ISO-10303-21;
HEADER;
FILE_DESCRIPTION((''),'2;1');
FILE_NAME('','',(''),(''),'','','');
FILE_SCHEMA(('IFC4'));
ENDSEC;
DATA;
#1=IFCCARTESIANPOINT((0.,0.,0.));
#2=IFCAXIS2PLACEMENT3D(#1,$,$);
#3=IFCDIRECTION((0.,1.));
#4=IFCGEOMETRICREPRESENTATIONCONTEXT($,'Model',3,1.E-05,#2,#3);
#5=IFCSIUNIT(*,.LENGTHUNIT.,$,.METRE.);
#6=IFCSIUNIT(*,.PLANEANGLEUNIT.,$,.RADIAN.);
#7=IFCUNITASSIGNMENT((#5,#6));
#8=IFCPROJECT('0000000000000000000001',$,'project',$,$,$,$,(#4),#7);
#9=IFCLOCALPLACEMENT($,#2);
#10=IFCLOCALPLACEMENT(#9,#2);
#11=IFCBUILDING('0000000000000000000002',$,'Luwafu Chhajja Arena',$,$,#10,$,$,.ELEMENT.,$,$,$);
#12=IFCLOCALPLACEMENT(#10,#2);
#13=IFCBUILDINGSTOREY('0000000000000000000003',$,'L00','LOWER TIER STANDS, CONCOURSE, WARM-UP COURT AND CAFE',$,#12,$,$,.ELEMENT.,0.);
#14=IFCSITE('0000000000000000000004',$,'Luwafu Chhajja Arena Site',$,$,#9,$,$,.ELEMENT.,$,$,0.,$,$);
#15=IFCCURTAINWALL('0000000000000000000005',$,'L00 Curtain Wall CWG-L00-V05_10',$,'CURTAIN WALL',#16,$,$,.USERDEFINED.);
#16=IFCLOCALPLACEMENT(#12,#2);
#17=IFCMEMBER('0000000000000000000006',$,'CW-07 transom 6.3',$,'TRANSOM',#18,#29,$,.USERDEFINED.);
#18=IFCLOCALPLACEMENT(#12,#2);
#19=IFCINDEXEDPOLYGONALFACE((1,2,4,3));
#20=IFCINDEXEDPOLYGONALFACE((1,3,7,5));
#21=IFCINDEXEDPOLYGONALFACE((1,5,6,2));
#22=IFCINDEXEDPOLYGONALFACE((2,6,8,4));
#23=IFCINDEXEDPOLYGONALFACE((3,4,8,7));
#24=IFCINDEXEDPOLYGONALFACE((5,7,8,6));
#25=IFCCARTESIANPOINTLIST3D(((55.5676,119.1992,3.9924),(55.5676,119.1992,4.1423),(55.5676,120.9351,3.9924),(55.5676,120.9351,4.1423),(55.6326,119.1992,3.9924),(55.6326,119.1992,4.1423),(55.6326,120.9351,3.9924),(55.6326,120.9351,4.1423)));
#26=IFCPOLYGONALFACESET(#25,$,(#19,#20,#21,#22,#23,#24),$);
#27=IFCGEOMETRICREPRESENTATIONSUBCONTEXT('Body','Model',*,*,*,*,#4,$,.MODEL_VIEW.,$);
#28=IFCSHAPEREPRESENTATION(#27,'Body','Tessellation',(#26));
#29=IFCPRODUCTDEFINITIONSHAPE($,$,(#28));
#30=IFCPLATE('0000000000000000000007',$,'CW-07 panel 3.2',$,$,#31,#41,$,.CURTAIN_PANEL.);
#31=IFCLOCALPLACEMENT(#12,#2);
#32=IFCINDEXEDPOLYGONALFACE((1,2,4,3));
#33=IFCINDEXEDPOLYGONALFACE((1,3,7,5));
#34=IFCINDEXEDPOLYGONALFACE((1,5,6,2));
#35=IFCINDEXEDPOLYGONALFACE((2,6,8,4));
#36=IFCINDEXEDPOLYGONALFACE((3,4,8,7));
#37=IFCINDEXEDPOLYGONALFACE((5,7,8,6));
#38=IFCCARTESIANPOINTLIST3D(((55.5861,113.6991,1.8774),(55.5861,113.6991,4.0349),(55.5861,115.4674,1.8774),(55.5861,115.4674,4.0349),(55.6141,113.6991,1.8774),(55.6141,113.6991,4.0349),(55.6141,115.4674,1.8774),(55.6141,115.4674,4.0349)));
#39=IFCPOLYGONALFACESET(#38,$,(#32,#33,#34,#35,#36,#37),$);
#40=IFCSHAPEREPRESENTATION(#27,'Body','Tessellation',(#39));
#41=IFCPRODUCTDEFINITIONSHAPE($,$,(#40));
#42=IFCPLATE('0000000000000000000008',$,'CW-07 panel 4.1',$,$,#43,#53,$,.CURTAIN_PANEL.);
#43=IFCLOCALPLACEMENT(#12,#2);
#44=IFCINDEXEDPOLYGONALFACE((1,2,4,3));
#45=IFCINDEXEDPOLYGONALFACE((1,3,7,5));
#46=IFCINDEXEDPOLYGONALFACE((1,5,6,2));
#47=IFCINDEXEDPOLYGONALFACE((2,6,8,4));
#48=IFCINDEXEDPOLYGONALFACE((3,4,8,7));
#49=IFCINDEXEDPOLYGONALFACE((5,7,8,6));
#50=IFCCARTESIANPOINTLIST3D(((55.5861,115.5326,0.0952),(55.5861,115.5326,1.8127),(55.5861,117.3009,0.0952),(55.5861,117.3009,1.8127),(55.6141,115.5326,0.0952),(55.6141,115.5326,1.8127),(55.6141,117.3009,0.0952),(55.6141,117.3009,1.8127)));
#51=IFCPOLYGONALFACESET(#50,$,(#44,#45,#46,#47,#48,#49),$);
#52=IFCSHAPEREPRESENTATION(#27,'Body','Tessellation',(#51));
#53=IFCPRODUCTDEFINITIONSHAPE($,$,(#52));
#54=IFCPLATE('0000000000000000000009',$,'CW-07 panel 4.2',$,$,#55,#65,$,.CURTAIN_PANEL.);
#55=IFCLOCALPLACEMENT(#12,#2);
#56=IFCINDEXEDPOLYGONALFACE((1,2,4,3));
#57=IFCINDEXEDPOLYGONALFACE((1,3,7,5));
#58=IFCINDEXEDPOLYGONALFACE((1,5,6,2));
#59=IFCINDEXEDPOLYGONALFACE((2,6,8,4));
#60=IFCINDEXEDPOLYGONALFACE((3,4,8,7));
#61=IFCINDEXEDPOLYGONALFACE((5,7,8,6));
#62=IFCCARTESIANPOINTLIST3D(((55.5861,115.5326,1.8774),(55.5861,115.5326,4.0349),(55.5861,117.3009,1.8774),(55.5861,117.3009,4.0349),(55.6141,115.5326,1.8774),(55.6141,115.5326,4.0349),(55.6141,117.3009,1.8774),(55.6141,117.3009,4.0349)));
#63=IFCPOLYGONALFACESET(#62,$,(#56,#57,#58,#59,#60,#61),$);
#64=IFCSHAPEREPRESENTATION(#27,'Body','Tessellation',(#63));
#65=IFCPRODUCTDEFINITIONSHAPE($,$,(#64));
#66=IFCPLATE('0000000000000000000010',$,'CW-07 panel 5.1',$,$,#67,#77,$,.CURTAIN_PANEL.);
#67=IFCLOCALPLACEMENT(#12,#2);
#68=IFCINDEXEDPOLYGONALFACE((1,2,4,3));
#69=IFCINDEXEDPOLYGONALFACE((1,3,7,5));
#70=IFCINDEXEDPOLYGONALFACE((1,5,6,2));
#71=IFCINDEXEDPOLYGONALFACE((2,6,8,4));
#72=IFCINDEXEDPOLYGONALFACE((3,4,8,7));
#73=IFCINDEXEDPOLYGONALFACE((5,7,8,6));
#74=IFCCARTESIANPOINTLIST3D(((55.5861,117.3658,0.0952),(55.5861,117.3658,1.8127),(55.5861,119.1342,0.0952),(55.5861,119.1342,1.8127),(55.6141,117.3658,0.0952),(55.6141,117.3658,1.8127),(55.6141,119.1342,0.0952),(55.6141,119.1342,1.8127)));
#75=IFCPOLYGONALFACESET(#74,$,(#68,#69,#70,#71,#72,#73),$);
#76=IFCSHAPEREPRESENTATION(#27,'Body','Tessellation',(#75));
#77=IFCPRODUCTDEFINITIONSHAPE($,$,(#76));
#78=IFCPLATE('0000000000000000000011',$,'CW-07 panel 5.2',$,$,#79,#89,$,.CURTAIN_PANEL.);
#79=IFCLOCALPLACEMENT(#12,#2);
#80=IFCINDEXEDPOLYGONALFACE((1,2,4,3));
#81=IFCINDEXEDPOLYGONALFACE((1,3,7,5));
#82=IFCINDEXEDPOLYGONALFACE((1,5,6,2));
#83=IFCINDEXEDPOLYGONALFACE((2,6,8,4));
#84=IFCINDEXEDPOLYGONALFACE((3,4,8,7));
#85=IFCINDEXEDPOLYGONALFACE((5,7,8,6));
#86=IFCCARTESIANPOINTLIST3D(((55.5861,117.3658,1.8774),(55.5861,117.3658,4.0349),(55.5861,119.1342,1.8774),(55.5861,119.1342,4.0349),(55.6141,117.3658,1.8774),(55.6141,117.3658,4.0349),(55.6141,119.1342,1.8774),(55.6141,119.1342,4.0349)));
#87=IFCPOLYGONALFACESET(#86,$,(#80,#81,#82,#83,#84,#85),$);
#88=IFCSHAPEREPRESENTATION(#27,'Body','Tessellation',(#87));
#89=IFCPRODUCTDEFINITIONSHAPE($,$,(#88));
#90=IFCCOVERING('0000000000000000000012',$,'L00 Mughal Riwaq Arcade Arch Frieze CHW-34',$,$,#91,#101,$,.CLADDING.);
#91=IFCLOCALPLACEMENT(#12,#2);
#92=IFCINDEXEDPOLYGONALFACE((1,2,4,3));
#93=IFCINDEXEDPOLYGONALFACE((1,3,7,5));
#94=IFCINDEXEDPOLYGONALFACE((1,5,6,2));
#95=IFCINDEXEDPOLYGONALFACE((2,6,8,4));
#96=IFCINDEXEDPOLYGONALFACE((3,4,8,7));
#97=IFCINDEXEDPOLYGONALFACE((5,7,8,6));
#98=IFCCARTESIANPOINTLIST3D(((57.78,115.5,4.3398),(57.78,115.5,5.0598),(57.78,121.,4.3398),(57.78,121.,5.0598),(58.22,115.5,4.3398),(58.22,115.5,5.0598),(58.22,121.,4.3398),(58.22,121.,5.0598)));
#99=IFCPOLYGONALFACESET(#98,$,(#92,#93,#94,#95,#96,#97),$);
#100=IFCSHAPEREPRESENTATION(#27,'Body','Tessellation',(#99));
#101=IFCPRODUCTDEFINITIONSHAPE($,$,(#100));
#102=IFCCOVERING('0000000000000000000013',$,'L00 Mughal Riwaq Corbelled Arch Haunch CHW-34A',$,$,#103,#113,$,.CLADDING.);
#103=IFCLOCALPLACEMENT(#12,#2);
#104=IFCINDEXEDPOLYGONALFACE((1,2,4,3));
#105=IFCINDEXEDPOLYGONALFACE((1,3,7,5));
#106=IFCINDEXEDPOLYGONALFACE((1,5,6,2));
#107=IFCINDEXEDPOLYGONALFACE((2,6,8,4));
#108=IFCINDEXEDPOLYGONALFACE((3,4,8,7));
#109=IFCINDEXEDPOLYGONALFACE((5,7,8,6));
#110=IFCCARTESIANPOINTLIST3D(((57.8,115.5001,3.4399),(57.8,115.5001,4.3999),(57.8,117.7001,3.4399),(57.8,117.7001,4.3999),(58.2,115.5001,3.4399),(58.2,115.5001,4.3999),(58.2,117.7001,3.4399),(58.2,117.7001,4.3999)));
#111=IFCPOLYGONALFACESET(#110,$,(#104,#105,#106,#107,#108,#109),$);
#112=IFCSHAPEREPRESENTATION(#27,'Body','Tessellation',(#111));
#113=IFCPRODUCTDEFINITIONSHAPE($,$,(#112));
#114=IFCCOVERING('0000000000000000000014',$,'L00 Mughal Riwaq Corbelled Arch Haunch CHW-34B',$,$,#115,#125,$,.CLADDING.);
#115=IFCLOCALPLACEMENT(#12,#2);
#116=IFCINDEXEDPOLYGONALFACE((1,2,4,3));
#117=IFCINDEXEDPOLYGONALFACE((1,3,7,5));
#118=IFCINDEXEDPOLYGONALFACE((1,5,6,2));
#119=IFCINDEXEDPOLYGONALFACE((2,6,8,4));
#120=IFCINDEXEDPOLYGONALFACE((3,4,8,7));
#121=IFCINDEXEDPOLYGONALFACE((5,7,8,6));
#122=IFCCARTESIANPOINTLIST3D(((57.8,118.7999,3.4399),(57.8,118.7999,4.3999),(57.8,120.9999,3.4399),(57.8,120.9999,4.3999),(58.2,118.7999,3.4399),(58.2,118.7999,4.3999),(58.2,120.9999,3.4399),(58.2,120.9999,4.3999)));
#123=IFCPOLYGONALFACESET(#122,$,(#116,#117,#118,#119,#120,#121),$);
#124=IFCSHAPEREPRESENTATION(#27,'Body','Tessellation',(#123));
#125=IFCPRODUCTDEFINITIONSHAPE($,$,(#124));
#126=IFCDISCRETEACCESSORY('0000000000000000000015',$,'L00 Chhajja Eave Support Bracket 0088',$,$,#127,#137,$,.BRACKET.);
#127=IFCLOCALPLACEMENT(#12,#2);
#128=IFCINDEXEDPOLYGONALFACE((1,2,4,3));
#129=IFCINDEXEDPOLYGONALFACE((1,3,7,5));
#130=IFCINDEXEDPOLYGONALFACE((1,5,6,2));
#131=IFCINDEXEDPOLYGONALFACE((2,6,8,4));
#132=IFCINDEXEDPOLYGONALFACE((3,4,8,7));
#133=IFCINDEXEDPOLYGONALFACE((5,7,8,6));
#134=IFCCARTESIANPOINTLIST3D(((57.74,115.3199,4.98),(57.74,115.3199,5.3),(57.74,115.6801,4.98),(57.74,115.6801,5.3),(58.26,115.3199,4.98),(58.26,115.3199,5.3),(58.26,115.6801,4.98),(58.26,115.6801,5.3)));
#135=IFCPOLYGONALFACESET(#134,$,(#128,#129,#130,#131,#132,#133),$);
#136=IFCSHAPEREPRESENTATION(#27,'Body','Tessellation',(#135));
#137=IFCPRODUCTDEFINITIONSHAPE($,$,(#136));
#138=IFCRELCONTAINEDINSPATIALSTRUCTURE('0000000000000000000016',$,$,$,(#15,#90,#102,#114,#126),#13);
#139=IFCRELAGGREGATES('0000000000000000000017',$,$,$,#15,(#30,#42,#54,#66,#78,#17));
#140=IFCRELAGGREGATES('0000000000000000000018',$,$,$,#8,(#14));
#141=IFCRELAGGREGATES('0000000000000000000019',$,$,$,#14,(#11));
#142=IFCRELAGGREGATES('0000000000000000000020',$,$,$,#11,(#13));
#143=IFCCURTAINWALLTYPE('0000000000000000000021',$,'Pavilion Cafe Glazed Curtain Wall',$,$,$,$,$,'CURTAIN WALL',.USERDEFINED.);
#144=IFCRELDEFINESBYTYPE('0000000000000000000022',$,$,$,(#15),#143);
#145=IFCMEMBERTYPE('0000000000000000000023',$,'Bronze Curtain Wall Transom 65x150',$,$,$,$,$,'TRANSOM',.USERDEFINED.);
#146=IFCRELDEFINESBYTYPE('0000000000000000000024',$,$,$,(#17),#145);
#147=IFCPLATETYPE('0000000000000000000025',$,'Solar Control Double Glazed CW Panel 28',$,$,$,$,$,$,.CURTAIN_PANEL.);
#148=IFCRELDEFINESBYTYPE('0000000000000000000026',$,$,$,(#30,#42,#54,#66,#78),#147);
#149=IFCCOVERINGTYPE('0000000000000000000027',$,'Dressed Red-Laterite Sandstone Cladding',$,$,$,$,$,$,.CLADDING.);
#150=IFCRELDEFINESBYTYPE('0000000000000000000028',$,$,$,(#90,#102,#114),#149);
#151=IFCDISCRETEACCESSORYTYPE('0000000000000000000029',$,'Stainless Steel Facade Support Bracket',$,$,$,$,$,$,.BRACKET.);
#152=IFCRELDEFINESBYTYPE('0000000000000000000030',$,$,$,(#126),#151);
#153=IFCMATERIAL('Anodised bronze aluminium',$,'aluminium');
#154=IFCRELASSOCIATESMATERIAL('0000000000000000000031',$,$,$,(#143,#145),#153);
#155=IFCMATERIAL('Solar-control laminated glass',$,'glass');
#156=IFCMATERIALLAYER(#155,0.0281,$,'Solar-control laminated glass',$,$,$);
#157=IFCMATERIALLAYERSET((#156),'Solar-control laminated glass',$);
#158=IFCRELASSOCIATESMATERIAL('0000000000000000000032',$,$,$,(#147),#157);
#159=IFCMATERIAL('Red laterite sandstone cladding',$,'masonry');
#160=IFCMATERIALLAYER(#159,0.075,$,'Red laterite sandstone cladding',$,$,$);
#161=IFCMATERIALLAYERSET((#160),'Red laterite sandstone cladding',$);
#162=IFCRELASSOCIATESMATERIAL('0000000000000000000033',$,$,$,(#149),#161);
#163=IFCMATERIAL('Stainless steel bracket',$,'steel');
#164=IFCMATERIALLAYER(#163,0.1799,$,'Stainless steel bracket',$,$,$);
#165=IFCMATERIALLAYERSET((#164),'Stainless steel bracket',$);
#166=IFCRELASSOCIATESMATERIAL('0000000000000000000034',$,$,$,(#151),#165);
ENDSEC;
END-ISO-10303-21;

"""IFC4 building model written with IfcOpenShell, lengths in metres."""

from ifc_helpers import new_model, si_unit, direction, frame, origin, origin_2d, place, context, subcontext, project, spatial, rectangle, extrude, material, layer, layer_set, material_profile, profile_set, type_object, element, aggregate, save


model = new_model("IFC4")

# Units and contexts
model_context = context("Model", 3, precision=1e-05, world=origin(), true_north=direction((0.0, 1.0)))
body_context = subcontext(model_context, "Body", "Model", "MODEL_VIEW")
ifc_project = project(units=[si_unit("LENGTHUNIT", "METRE"), si_unit("PLANEANGLEUNIT", "RADIAN")], contexts=[model_context])

# Site, building, storey
site_placement = place(None, origin())
site = spatial("IfcSite", under=ifc_project, at=site_placement, Name="Luwafu Chhajja Arena Site", CompositionType="ELEMENT", RefElevation=0.0)
building_placement = place(site_placement, origin())
building = spatial("IfcBuilding", under=site, at=building_placement, Name="Luwafu Chhajja Arena", CompositionType="ELEMENT")
storey_placement = place(building_placement, origin())
storey = spatial("IfcBuildingStorey", under=building, at=storey_placement, Name="L00", Description="LOWER TIER STANDS, CONCOURSE, WARM-UP COURT AND CAFE", CompositionType="ELEMENT", Elevation=0.0)

# Curtain wall, member, plates
ifc_material_1 = material(Name="Anodised bronze aluminium", Category="aluminium")
curtain_wall_type = type_object("IfcCurtainWallType", Name="Pavilion Cafe Glazed Curtain Wall", ElementType="CURTAIN WALL", PredefinedType="USERDEFINED", material=ifc_material_1)
curtain_wall_placement = place(storey_placement, origin())
curtain_wall = element("IfcCurtainWall", 1, at=curtain_wall_placement, inside=storey, type_object=curtain_wall_type, Name="L00 Curtain Wall CWG-L00-V05_10", ObjectType="CURTAIN WALL", PredefinedType="USERDEFINED")
ifc_material_profile_1 = material_profile(ifc_material_1, rectangle(XDim=0.0649, YDim=0.1499, at=origin_2d()), Name="CWT 65x150")
ifc_profile_set_1 = profile_set([ifc_material_profile_1], Name="Anodised bronze aluminium")
member_type_1 = type_object("IfcMemberType", Name="Bronze Curtain Wall Transom 65x150", ElementType="TRANSOM", PredefinedType="USERDEFINED", material=ifc_profile_set_1)
member_1_placement = place(storey_placement, frame((55.6001, 119.1992, 4.0674), z_axis=(0.0, 1.0, 0.0), x_axis=(-1.0, 0.0, 0.0)))
member_1 = element("IfcMember", 2, at=member_1_placement, type_object=member_type_1, Name="CW-07 transom 6.3", ObjectType="TRANSOM", PredefinedType="USERDEFINED", context=body_context, shape_type="SweptSolid", body=[
    extrude(rectangle(XDim=0.0649, YDim=0.1499, at=origin_2d()), origin(), (0.0, 0.0, 1.0), 1.7358),
])
ifc_material_2 = material(Name="Solar-control laminated glass", Category="glass")
ifc_layer_1 = layer(ifc_material_2, 0.0281, Name="Solar-control laminated glass")
ifc_layer_set_1 = layer_set([ifc_layer_1], Name="Solar-control laminated glass")
plate_type = type_object("IfcPlateType", Name="Solar Control Double Glazed CW Panel 28", PredefinedType="CURTAIN_PANEL", material=ifc_layer_set_1)
plate_1_placement = place(storey_placement, frame((55.6001, 114.5833, 1.8774), z_axis=(0.0, 0.0, 1.0), x_axis=(0.0, 1.0, 0.0)))
plate_1 = element("IfcPlate", 3, at=plate_1_placement, type_object=plate_type, Name="CW-07 panel 3.2", PredefinedType="CURTAIN_PANEL", context=body_context, shape_type="SweptSolid", body=[
    extrude(rectangle(XDim=1.7683, YDim=0.0281, at=origin_2d()), origin(), (0.0, 0.0, 1.0), 2.1575),
])
plate_2_placement = place(storey_placement, frame((55.6001, 116.4167, 0.0952), z_axis=(0.0, 0.0, 1.0), x_axis=(0.0, 1.0, 0.0)))
plate_2 = element("IfcPlate", 4, at=plate_2_placement, type_object=plate_type, Name="CW-07 panel 4.1", PredefinedType="CURTAIN_PANEL", context=body_context, shape_type="SweptSolid", body=[
    extrude(rectangle(XDim=1.7683, YDim=0.0281, at=origin_2d()), origin(), (0.0, 0.0, 1.0), 1.7175),
])
plate_3_placement = place(storey_placement, frame((55.6001, 116.4167, 1.8774), z_axis=(0.0, 0.0, 1.0), x_axis=(0.0, 1.0, 0.0)))
plate_3 = element("IfcPlate", 5, at=plate_3_placement, type_object=plate_type, Name="CW-07 panel 4.2", PredefinedType="CURTAIN_PANEL", context=body_context, shape_type="SweptSolid", body=[
    extrude(rectangle(XDim=1.7683, YDim=0.0281, at=origin_2d()), origin(), (0.0, 0.0, 1.0), 2.1575),
])
plate_4_placement = place(storey_placement, frame((55.6001, 118.25, 0.0952), z_axis=(0.0, 0.0, 1.0), x_axis=(0.0, 1.0, 0.0)))
plate_4 = element("IfcPlate", 6, at=plate_4_placement, type_object=plate_type, Name="CW-07 panel 5.1", PredefinedType="CURTAIN_PANEL", context=body_context, shape_type="SweptSolid", body=[
    extrude(rectangle(XDim=1.7683, YDim=0.0281, at=origin_2d()), origin(), (0.0, 0.0, 1.0), 1.7175),
])
plate_5_placement = place(storey_placement, frame((55.6001, 118.25, 1.8774), z_axis=(0.0, 0.0, 1.0), x_axis=(0.0, 1.0, 0.0)))
plate_5 = element("IfcPlate", 7, at=plate_5_placement, type_object=plate_type, Name="CW-07 panel 5.2", PredefinedType="CURTAIN_PANEL", context=body_context, shape_type="SweptSolid", body=[
    extrude(rectangle(XDim=1.7683, YDim=0.0281, at=origin_2d()), origin(), (0.0, 0.0, 1.0), 2.1575),
])
aggregate(curtain_wall, [plate_1, plate_2, plate_3, plate_4, plate_5, member_1])

# Coverings
ifc_material_3 = material(Name="Red laterite sandstone cladding", Category="masonry")
ifc_layer_2 = layer(ifc_material_3, 0.075, Name="Red laterite sandstone cladding")
ifc_layer_set_2 = layer_set([ifc_layer_2], Name="Red laterite sandstone cladding")
covering_type = type_object("IfcCoveringType", Name="Dressed Red-Laterite Sandstone Cladding", PredefinedType="CLADDING", material=ifc_layer_set_2)
covering_placement = place(storey_placement, frame((58.0, 118.25, 4.3398), z_axis=(0.0, 0.0, 1.0), x_axis=(0.0, 1.0, 0.0)))
element("IfcCovering", 8, at=covering_placement, inside=storey, type_object=covering_type, Name="L00 Mughal Riwaq Arcade Arch Frieze CHW-34", PredefinedType="CLADDING", context=body_context, shape_type="SweptSolid", body=[
    extrude(rectangle(XDim=5.5, YDim=0.4399, at=origin_2d()), origin(), (0.0, 0.0, 1.0), 0.72),
])
for number, where, z_axis, x_axis, name in (
    (9, (58.0, 116.6001, 3.4399), (0.0, 0.0, 1.0), (0.0, 1.0, 0.0), "L00 Mughal Riwaq Corbelled Arch Haunch CHW-34A"),
    (10, (58.0, 119.8999, 3.4399), (0.0, 0.0, 1.0), (0.0, 1.0, 0.0), "L00 Mughal Riwaq Corbelled Arch Haunch CHW-34B"),
):
    element("IfcCovering", number, at=place(storey_placement, frame(where, z_axis=z_axis, x_axis=x_axis)), inside=storey, type_object=covering_type, Name=name, PredefinedType="CLADDING", context=body_context, shape_type="SweptSolid", body=[
        extrude(rectangle(XDim=2.2, YDim=0.3999, at=origin_2d()), origin(), (0.0, 0.0, 1.0), 0.96),
    ])

# Discrete accessory
ifc_material_4 = material(Name="Stainless steel bracket", Category="steel")
ifc_layer_3 = layer(ifc_material_4, 0.1799, Name="Stainless steel bracket")
ifc_layer_set_3 = layer_set([ifc_layer_3], Name="Stainless steel bracket")
discrete_accessory_type = type_object("IfcDiscreteAccessoryType", Name="Stainless Steel Facade Support Bracket", PredefinedType="BRACKET", material=ifc_layer_set_3)
discrete_accessory_placement = place(storey_placement, frame((58.0, 115.5, 4.98), z_axis=(0.0, 0.0, 1.0), x_axis=(0.0, 1.0, 0.0)))
element("IfcDiscreteAccessory", 11, at=discrete_accessory_placement, inside=storey, type_object=discrete_accessory_type, Name="L00 Chhajja Eave Support Bracket 0088", PredefinedType="BRACKET", context=body_context, shape_type="SweptSolid", body=[
    extrude(rectangle(XDim=0.3601, YDim=0.52, at=origin_2d()), origin(), (0.0, 0.0, 1.0), 0.3201),
])

save(model, "model.ifc")
